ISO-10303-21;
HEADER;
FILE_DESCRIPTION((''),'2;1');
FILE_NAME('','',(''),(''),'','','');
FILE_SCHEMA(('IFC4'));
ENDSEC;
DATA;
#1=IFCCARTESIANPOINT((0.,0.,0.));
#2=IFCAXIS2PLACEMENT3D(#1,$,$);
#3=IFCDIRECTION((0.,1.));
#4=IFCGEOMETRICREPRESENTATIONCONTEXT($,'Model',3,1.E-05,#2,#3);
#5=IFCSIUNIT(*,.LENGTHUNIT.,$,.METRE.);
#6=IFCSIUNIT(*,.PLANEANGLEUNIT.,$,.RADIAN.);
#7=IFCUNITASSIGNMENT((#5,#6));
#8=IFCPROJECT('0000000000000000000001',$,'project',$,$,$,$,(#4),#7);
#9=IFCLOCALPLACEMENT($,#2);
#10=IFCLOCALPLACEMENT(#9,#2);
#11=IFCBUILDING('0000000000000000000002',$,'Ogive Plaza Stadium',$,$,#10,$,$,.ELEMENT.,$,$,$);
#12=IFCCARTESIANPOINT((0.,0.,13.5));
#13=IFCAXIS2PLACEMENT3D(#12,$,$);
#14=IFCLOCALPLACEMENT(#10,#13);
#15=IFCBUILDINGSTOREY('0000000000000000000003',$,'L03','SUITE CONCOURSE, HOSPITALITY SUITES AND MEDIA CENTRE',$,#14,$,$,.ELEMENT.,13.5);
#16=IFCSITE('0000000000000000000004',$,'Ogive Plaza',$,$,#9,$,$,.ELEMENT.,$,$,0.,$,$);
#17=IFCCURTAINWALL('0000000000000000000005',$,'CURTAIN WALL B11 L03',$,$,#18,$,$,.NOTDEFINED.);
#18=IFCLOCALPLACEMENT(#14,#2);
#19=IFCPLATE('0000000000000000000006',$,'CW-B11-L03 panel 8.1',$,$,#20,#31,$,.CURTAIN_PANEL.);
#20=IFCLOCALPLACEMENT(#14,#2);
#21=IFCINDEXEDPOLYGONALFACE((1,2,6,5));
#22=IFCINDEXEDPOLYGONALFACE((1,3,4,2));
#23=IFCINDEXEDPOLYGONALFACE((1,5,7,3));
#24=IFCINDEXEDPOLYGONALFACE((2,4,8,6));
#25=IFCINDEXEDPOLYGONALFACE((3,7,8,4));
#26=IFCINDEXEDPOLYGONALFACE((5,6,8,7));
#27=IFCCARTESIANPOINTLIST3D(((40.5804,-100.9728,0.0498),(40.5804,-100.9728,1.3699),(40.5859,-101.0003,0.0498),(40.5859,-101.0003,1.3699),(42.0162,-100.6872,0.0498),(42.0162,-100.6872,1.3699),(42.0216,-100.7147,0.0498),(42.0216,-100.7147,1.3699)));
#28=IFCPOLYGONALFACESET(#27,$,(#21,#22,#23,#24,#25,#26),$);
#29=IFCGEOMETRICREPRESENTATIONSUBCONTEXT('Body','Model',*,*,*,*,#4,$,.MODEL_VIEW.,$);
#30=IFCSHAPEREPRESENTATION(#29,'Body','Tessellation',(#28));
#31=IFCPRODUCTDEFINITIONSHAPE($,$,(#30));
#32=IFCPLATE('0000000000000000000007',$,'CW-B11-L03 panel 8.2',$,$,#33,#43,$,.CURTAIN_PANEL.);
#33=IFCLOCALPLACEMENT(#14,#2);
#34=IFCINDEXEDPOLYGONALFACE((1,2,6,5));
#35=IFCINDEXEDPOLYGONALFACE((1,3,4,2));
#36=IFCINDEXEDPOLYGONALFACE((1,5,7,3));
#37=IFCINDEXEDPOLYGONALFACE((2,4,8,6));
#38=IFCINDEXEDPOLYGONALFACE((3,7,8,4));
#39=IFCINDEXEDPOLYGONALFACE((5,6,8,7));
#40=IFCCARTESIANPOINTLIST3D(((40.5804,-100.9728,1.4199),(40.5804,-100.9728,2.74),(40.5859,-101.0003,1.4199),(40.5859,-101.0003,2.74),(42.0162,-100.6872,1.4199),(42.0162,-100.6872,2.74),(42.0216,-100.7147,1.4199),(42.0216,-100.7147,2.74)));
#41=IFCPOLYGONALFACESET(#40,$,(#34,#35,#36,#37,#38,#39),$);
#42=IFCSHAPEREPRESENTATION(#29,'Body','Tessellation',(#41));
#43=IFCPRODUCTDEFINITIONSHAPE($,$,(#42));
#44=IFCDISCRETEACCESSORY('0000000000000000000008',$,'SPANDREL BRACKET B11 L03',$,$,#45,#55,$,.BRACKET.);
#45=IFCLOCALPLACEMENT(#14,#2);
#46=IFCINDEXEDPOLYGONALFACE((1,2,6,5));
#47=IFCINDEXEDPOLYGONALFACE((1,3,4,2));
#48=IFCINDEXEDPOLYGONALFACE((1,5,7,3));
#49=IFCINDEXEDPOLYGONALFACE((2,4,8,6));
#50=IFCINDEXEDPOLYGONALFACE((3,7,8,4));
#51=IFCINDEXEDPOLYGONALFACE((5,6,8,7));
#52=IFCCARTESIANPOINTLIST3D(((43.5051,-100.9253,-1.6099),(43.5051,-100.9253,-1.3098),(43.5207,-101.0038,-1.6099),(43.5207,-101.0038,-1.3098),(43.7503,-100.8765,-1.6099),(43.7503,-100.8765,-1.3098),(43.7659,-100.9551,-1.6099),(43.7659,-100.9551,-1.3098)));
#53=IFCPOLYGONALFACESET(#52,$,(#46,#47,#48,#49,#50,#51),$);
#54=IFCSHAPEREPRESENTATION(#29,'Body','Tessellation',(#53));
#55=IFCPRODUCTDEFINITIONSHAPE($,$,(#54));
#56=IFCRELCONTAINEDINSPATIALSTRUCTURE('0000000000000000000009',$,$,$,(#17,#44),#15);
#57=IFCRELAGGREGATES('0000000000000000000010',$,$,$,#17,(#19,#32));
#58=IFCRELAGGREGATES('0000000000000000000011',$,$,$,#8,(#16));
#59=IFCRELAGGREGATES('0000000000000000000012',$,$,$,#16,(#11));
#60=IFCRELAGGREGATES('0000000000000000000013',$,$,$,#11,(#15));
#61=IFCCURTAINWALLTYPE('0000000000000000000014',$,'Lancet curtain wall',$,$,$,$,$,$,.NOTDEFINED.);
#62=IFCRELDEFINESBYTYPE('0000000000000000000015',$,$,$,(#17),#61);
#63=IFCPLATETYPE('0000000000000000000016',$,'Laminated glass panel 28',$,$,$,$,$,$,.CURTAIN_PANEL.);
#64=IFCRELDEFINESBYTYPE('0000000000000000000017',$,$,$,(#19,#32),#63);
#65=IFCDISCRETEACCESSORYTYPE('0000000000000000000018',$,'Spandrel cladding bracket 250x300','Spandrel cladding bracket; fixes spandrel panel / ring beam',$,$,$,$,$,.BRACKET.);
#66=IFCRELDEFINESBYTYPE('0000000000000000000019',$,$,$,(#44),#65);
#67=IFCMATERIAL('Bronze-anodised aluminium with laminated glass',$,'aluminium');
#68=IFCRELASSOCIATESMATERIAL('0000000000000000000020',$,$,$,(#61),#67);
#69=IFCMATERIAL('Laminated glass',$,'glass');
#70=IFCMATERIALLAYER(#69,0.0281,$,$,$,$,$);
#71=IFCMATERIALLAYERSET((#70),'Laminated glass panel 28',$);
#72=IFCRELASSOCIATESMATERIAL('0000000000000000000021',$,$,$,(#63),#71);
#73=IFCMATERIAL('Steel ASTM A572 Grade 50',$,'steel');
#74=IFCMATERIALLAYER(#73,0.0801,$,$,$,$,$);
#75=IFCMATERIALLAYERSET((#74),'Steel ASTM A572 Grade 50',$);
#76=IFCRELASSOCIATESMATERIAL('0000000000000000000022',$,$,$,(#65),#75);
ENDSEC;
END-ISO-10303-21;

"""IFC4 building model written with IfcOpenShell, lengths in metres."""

from ifc_helpers import new_model, si_unit, direction, frame, origin, origin_2d, place, context, subcontext, project, spatial, rectangle, extrude, material, layer, layer_set, type_object, element, aggregate, save


model = new_model("IFC4")

# Units and contexts
model_context = context("Model", 3, precision=1e-05, world=origin(), true_north=direction((0.0, 1.0)))
body_context = subcontext(model_context, "Body", "Model", "MODEL_VIEW")
ifc_project = project(units=[si_unit("LENGTHUNIT", "METRE"), si_unit("PLANEANGLEUNIT", "RADIAN")], contexts=[model_context])

# Site, building, storey
site_placement = place(None, origin())
site = spatial("IfcSite", under=ifc_project, at=site_placement, Name="Ogive Plaza", CompositionType="ELEMENT", RefElevation=0.0)
building_placement = place(site_placement, origin())
building = spatial("IfcBuilding", under=site, at=building_placement, Name="Ogive Plaza Stadium", CompositionType="ELEMENT")
storey_placement = place(building_placement, frame((0.0, 0.0, 13.5)))
storey = spatial("IfcBuildingStorey", under=building, at=storey_placement, Name="L03", Description="SUITE CONCOURSE, HOSPITALITY SUITES AND MEDIA CENTRE", CompositionType="ELEMENT", Elevation=13.5)

# Curtain wall, plates
ifc_material_1 = material(Name="Bronze-anodised aluminium with laminated glass", Category="aluminium")
curtain_wall_type = type_object("IfcCurtainWallType", Name="Lancet curtain wall", PredefinedType="NOTDEFINED", material=ifc_material_1)
curtain_wall_placement = place(storey_placement, origin())
curtain_wall = element("IfcCurtainWall", 1, at=curtain_wall_placement, inside=storey, type_object=curtain_wall_type, Name="CURTAIN WALL B11 L03", PredefinedType="NOTDEFINED")
ifc_material_2 = material(Name="Laminated glass", Category="glass")
ifc_layer_1 = layer(ifc_material_2, 0.0281)
ifc_layer_set_1 = layer_set([ifc_layer_1], Name="Laminated glass panel 28")
plate_type = type_object("IfcPlateType", Name="Laminated glass panel 28", PredefinedType="CURTAIN_PANEL", material=ifc_layer_set_1)
plate_1_placement = place(storey_placement, frame((41.301, -100.8438, 0.0498), z_axis=(0.0, 0.0, 1.0), x_axis=(-0.980785, -0.19509, 0.0)))
plate_1 = element("IfcPlate", 2, at=plate_1_placement, type_object=plate_type, Name="CW-B11-L03 panel 8.1", PredefinedType="CURTAIN_PANEL", context=body_context, shape_type="SweptSolid", body=[
    extrude(rectangle(XDim=1.4639, YDim=0.0281, at=origin_2d()), origin(), (0.0, 0.0, 1.0), 1.3201),
])
plate_2_placement = place(storey_placement, frame((41.301, -100.8438, 1.4199), z_axis=(0.0, 0.0, 1.0), x_axis=(-0.980785, -0.19509, 0.0)))
plate_2 = element("IfcPlate", 3, at=plate_2_placement, type_object=plate_type, Name="CW-B11-L03 panel 8.2", PredefinedType="CURTAIN_PANEL", context=body_context, shape_type="SweptSolid", body=[
    extrude(rectangle(XDim=1.4639, YDim=0.0281, at=origin_2d()), origin(), (0.0, 0.0, 1.0), 1.3201),
])
aggregate(curtain_wall, [plate_1, plate_2])

# Discrete accessory
ifc_material_3 = material(Name="Steel ASTM A572 Grade 50", Category="steel")
ifc_layer_2 = layer(ifc_material_3, 0.0801)
ifc_layer_set_2 = layer_set([ifc_layer_2], Name="Steel ASTM A572 Grade 50")
discrete_accessory_type = type_object("IfcDiscreteAccessoryType", Name="Spandrel cladding bracket 250x300", Description="Spandrel cladding bracket; fixes spandrel panel / ring beam", PredefinedType="BRACKET", material=ifc_layer_set_2)
discrete_accessory_placement = place(storey_placement, frame((43.6355, -100.9402, -1.6099), z_axis=(0.0, 0.0, 1.0), x_axis=(-0.980785, -0.19509, 0.0)))
element("IfcDiscreteAccessory", 4, at=discrete_accessory_placement, inside=storey, type_object=discrete_accessory_type, Name="SPANDREL BRACKET B11 L03", PredefinedType="BRACKET", context=body_context, shape_type="SweptSolid", body=[
    extrude(rectangle(XDim=0.25, YDim=0.0801, at=origin_2d()), origin(), (0.0, 0.0, 1.0), 0.3),
])

save(model, "model.ifc")
